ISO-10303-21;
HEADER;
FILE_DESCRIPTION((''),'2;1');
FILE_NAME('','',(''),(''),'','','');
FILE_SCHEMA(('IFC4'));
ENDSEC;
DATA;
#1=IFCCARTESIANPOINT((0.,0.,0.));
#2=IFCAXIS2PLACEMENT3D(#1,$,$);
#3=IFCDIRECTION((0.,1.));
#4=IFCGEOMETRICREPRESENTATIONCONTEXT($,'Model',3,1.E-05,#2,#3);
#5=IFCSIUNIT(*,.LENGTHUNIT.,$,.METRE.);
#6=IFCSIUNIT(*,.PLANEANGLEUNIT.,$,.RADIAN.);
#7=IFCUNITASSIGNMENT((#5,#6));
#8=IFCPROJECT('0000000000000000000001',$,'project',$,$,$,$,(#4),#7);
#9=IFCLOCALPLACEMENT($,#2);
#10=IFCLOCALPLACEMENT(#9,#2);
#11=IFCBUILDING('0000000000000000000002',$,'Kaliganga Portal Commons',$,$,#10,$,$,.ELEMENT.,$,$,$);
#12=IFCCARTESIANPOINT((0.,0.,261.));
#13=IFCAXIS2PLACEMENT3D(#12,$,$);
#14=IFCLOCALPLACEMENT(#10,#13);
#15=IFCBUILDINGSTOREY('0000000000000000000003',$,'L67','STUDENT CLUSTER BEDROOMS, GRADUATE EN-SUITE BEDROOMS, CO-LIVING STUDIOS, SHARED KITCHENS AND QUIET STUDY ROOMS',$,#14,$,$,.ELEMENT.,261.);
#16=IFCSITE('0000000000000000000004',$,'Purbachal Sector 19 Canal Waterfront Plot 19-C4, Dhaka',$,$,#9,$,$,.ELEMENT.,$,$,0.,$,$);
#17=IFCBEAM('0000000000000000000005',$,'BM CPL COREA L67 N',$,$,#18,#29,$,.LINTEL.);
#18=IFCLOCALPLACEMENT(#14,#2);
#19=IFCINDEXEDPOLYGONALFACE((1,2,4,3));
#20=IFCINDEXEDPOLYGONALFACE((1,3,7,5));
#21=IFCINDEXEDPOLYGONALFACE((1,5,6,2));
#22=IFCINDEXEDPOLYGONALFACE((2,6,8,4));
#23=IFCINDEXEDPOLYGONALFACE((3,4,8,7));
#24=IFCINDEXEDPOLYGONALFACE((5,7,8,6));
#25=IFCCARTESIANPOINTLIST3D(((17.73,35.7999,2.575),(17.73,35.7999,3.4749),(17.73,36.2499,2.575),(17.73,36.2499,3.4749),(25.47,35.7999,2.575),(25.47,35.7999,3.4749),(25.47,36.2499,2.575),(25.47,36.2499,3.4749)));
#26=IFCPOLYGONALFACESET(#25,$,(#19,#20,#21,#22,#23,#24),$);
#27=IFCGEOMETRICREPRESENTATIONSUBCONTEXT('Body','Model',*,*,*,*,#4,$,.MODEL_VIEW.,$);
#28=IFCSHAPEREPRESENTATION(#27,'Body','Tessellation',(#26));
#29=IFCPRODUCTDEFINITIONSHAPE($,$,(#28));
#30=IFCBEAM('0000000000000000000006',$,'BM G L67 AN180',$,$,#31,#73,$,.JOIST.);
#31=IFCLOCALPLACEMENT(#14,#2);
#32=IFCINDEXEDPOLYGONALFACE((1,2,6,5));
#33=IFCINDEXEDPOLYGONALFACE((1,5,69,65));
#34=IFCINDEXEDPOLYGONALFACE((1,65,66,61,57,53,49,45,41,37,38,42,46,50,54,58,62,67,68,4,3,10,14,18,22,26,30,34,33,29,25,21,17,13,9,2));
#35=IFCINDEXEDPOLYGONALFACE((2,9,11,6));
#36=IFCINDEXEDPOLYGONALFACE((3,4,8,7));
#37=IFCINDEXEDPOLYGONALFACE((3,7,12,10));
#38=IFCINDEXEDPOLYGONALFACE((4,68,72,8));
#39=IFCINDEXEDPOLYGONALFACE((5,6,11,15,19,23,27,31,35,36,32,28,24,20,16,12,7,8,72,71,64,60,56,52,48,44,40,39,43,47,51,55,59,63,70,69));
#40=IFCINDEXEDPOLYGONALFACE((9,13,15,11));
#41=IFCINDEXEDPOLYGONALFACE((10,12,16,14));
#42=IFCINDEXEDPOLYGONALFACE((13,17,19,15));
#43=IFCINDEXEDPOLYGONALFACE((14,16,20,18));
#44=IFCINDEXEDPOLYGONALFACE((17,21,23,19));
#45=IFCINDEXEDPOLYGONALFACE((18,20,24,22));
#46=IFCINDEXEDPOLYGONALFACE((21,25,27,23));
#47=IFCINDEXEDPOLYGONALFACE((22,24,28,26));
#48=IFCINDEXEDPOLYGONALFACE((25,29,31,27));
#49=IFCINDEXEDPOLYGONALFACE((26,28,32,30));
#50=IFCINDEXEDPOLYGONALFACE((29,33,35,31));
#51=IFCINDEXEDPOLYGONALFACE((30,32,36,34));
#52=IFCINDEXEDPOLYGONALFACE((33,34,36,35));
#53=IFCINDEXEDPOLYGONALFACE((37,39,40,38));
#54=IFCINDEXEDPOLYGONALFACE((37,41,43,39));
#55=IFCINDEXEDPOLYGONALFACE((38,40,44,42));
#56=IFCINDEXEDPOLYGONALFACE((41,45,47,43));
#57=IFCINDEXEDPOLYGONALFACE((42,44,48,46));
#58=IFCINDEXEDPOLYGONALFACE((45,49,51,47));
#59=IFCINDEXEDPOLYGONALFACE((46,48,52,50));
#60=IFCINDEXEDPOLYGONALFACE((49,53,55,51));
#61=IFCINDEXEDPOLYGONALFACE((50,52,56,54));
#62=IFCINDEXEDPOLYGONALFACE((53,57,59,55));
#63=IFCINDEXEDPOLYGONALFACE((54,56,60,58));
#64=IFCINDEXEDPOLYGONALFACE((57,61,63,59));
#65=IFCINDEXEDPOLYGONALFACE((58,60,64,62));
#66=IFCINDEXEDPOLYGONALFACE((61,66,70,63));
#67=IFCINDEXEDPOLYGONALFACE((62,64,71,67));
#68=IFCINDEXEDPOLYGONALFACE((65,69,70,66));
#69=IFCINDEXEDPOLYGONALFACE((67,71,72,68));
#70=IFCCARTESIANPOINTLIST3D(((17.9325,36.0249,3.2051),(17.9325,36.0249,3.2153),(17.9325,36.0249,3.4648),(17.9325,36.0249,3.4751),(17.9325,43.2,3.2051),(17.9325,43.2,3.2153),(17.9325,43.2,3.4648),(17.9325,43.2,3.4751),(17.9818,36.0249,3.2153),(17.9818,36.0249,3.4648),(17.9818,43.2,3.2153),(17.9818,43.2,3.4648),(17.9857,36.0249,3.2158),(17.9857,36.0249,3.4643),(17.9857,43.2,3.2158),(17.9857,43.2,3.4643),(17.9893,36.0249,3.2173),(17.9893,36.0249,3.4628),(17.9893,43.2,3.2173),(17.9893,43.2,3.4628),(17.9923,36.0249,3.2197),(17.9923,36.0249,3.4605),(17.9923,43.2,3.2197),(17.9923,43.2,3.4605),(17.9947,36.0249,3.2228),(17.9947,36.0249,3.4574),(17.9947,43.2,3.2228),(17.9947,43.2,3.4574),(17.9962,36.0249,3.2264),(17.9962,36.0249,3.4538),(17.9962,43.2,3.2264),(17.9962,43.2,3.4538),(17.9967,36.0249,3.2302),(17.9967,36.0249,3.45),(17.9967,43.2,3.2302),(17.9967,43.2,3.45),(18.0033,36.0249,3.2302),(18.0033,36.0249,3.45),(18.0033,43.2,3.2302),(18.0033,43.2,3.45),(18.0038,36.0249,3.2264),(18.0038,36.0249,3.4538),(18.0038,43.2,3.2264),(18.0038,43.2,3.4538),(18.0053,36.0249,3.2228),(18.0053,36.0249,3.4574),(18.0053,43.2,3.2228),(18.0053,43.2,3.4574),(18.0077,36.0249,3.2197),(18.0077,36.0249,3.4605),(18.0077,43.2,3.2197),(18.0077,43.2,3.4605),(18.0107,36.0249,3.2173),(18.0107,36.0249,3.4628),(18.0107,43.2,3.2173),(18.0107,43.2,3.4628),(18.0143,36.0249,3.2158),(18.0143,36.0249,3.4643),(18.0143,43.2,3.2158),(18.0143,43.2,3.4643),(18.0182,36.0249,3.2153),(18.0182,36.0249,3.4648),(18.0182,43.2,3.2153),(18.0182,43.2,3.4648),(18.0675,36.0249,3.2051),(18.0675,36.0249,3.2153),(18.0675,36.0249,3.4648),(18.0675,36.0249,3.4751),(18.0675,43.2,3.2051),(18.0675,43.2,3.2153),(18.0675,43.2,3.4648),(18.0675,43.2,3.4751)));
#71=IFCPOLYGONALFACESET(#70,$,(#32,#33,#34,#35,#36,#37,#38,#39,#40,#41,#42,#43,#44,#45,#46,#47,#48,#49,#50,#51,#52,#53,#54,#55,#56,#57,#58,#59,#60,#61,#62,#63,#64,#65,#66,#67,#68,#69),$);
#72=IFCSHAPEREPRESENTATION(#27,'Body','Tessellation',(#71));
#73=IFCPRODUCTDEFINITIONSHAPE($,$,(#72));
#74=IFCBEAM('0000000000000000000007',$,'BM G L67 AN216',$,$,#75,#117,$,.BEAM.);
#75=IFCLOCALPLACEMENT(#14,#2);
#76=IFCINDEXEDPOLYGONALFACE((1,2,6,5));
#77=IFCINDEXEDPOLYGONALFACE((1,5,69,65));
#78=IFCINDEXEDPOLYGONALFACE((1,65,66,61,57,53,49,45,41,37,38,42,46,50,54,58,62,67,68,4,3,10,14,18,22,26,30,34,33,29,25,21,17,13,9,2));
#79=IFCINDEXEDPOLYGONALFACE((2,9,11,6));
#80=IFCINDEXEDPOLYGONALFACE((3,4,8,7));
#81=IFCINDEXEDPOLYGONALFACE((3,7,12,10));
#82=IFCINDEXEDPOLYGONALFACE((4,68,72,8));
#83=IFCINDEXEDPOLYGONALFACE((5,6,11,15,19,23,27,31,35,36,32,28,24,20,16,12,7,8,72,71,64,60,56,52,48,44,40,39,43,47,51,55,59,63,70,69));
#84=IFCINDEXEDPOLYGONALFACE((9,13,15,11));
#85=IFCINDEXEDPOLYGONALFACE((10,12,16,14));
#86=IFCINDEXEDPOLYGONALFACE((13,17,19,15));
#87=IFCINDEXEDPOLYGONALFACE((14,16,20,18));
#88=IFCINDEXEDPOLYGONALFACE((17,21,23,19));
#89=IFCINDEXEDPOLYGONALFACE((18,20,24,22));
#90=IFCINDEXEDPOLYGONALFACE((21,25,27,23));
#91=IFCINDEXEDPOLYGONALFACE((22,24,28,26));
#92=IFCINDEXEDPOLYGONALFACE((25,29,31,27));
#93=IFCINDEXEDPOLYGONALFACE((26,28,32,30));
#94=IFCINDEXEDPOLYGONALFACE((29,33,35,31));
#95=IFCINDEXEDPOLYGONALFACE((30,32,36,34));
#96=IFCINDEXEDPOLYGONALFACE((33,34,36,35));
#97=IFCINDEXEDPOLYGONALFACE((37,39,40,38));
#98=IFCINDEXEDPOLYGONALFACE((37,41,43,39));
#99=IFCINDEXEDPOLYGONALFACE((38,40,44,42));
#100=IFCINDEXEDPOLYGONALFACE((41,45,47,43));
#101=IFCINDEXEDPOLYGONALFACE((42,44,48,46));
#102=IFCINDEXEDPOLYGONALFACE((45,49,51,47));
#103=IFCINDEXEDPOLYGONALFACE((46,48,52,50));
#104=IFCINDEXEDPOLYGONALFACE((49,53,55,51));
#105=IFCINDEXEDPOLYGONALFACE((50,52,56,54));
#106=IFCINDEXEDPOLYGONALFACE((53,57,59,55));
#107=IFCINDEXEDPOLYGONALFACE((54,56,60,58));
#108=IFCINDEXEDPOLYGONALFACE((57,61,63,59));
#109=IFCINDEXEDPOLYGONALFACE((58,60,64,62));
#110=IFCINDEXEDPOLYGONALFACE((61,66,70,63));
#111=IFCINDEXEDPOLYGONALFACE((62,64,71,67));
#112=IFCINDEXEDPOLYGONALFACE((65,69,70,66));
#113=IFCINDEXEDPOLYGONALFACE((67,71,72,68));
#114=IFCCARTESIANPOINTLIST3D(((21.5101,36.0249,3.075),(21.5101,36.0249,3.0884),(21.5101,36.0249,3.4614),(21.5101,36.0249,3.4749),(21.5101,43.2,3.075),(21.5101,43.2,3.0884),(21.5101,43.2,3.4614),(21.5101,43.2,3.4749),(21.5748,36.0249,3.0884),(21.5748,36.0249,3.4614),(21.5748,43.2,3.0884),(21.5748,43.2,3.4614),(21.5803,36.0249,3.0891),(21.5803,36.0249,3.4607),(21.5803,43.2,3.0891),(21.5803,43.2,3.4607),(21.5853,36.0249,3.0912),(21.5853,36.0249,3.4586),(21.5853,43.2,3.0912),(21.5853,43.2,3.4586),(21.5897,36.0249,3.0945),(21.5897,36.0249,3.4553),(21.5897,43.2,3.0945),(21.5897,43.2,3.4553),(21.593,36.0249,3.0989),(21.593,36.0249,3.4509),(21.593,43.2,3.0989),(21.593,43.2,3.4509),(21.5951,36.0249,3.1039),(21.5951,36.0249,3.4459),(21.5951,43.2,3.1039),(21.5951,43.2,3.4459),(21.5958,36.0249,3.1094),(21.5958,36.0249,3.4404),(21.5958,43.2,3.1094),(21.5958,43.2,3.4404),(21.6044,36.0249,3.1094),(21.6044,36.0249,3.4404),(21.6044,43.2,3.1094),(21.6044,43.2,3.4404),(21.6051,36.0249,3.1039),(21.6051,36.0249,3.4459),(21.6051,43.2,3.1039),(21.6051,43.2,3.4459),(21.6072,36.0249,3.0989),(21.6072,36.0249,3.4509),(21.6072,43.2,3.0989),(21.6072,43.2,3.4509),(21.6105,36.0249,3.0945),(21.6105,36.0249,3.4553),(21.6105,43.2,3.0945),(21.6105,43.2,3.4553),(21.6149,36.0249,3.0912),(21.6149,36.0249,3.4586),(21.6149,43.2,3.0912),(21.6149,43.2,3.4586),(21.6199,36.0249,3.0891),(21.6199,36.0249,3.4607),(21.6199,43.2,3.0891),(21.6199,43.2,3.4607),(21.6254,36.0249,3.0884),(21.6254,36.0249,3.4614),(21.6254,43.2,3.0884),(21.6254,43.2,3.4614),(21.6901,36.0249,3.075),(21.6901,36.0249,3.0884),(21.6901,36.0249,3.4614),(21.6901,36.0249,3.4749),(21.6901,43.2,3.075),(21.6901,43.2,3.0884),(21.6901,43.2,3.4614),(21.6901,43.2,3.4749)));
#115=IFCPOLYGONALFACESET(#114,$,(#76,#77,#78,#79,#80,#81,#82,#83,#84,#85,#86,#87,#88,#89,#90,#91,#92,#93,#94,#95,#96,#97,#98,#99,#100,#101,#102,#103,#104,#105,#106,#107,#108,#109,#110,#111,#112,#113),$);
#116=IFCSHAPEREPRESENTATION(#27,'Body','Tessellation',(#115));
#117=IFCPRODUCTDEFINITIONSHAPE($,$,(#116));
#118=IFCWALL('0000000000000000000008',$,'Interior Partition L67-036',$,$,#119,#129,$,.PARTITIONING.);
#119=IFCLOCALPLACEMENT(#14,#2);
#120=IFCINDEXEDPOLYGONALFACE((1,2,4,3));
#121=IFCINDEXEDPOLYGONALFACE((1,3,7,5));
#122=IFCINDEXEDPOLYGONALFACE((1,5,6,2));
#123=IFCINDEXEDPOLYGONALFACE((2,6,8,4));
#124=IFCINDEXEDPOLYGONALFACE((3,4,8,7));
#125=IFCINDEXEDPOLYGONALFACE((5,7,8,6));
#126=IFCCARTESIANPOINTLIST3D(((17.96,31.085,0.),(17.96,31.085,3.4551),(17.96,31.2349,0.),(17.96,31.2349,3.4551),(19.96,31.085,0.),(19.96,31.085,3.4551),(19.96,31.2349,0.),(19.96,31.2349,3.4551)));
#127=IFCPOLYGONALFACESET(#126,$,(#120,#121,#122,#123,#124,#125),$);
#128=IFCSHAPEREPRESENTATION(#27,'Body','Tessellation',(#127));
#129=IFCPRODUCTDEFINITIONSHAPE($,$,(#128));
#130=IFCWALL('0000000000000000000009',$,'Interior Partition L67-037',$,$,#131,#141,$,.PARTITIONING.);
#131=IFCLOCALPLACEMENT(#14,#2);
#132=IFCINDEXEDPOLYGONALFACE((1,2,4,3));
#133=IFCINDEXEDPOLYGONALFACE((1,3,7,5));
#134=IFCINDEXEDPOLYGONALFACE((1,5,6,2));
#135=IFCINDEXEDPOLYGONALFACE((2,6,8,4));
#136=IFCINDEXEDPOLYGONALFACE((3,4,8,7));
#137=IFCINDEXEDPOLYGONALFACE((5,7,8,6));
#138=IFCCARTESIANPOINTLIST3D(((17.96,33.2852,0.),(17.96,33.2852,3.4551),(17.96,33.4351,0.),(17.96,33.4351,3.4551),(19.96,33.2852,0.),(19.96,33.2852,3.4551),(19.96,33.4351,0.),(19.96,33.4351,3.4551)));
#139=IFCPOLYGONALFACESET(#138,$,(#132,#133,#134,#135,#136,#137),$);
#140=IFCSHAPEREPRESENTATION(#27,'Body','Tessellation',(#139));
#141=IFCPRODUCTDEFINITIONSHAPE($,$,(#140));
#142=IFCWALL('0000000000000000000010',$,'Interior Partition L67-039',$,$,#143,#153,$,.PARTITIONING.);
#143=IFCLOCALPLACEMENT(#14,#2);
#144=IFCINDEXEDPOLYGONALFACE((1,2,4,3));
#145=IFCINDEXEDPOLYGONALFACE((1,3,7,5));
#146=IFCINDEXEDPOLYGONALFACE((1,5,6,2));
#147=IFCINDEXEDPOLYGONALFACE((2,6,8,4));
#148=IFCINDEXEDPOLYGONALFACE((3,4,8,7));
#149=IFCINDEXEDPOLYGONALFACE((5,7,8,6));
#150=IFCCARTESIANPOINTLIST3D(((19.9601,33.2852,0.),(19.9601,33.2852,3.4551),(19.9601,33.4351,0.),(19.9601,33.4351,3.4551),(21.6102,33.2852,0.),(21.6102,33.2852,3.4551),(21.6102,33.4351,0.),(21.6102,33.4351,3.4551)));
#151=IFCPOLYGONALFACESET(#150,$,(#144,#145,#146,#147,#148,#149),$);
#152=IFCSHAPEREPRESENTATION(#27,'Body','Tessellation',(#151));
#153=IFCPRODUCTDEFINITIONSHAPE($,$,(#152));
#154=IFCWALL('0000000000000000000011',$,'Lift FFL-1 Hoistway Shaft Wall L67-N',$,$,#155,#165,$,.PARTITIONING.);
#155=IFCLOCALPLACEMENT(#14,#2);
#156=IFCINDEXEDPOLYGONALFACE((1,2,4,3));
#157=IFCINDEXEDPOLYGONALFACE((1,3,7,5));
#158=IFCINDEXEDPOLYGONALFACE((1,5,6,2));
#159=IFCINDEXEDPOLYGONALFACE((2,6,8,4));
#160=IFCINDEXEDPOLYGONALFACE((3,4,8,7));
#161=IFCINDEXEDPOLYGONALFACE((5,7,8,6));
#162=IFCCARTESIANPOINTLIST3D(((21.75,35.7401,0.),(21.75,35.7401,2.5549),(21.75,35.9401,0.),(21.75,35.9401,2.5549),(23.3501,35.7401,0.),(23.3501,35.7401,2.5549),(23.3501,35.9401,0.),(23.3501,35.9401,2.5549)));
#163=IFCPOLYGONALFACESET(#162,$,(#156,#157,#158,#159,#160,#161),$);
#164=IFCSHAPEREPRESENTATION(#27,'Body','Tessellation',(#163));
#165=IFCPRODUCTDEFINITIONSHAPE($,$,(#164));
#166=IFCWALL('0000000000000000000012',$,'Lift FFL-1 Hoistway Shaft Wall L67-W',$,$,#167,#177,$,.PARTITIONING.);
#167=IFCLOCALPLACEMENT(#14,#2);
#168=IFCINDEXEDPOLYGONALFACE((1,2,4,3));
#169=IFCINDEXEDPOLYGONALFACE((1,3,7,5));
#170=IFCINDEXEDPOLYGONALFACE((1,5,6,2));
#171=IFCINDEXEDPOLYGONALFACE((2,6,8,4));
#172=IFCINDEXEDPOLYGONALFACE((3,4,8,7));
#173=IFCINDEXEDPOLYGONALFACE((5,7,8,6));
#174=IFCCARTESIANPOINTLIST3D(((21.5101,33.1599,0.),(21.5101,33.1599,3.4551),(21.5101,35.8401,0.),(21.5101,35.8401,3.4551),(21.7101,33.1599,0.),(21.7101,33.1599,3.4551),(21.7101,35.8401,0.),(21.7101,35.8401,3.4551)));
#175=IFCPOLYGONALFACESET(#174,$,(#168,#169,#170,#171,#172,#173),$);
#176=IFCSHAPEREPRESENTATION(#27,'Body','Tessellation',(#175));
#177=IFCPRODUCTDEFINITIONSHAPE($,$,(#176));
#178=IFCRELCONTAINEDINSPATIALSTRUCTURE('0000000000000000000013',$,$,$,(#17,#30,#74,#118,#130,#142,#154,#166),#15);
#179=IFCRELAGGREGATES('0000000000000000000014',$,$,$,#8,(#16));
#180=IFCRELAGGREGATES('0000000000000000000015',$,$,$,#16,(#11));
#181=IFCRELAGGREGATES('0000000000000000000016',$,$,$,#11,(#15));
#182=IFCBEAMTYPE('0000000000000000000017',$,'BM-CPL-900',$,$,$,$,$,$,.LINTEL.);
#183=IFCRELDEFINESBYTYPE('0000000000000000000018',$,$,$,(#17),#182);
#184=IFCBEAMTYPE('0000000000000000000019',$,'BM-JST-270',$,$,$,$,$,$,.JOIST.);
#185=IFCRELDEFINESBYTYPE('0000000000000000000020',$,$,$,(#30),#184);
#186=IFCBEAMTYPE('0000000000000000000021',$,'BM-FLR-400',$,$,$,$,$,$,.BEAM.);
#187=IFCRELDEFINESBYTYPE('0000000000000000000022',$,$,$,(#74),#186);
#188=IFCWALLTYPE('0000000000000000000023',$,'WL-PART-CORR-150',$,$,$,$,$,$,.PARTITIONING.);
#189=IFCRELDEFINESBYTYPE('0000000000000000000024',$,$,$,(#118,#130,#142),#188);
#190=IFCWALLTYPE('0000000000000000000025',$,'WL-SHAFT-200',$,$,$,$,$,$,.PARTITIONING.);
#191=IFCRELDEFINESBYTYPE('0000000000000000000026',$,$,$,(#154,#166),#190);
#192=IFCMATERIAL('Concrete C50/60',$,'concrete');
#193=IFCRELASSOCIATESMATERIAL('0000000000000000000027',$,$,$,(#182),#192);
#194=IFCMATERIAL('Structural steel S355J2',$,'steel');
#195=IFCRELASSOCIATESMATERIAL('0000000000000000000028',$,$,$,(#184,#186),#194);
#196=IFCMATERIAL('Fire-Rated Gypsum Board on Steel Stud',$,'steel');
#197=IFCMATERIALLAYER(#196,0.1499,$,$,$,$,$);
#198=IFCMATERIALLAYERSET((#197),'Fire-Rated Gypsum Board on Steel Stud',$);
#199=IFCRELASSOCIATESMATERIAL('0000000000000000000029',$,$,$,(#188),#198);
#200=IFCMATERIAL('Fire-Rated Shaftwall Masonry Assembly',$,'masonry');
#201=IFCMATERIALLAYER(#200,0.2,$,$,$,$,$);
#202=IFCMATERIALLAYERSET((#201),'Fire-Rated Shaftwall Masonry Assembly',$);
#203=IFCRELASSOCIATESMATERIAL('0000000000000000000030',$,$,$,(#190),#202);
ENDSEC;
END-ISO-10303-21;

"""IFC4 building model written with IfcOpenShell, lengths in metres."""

from ifc_helpers import new_model, si_unit, direction, frame, frame_2d, origin, origin_2d, place, context, subcontext, project, spatial, rectangle, i_section, extrude, source, transform, mapped, material, layer, layer_set, material_profile, profile_set, type_object, element, save


model = new_model("IFC4")

# Units and contexts
model_context = context("Model", 3, precision=1e-05, world=origin(), true_north=direction((0.0, 1.0)))
body_context = subcontext(model_context, "Body", "Model", "MODEL_VIEW")
ifc_project = project(units=[si_unit("LENGTHUNIT", "METRE"), si_unit("PLANEANGLEUNIT", "RADIAN")], contexts=[model_context])

# Site, building, storey
site_placement = place(None, origin())
site = spatial("IfcSite", under=ifc_project, at=site_placement, Name="Purbachal Sector 19 Canal Waterfront Plot 19-C4, Dhaka", CompositionType="ELEMENT", RefElevation=0.0)
building_placement = place(site_placement, origin())
building = spatial("IfcBuilding", under=site, at=building_placement, Name="Kaliganga Portal Commons", CompositionType="ELEMENT")
storey_placement = place(building_placement, frame((0.0, 0.0, 261.0)))
storey = spatial("IfcBuildingStorey", under=building, at=storey_placement, Name="L67", Description="STUDENT CLUSTER BEDROOMS, GRADUATE EN-SUITE BEDROOMS, CO-LIVING STUDIOS, SHARED KITCHENS AND QUIET STUDY ROOMS", CompositionType="ELEMENT", Elevation=261.0)

# Beams
ifc_material_1 = material(Name="Concrete C50/60", Category="concrete")
ifc_material_profile_1 = material_profile(ifc_material_1, rectangle(XDim=0.45, YDim=0.8999, at=origin_2d()), Name="RC 450x900")
ifc_profile_set_1 = profile_set([ifc_material_profile_1], Name="Concrete C50/60")
beam_type_1 = type_object("IfcBeamType", Name="BM-CPL-900", PredefinedType="LINTEL", material=ifc_profile_set_1)
shared_shape_1 = source(origin(), body_context, "Body", "SweptSolid", [
    extrude(rectangle(XDim=0.45, YDim=0.8999, at=origin_2d()), origin(), (0.0, 0.0, 1.0), 7.74),
])
beam_1_placement = place(storey_placement, frame((17.73, 36.0249, 3.0249), z_axis=(1.0, 0.0, 0.0), x_axis=(0.0, 1.0, 0.0)))
element("IfcBeam", 1, at=beam_1_placement, inside=storey, type_object=beam_type_1, Name="BM CPL COREA L67 N", PredefinedType="LINTEL", context=body_context, shape_type="MappedRepresentation", body=[
    mapped(shared_shape_1, transform((0.0, 0.0, 0.0), x_axis=(1.0, 0.0, 0.0), y_axis=(0.0, 1.0, 0.0), z_axis=(0.0, 0.0, 1.0), scale=1.0)),
])
ifc_material_2 = material(Name="Structural steel S355J2", Category="steel")
ifc_material_profile_2 = material_profile(ifc_material_2, i_section(OverallWidth=0.135, OverallDepth=0.27, WebThickness=0.0066, FlangeThickness=0.0103, FilletRadius=0.0149, at=origin_2d()), Name="IPE 270")
ifc_profile_set_2 = profile_set([ifc_material_profile_2], Name="Structural steel S355J2 wide-flange")
beam_type_2 = type_object("IfcBeamType", Name="BM-JST-270", PredefinedType="JOIST", material=ifc_profile_set_2)
shared_shape_2 = source(origin(), body_context, "Body", "SweptSolid", [
    extrude(i_section(OverallWidth=0.135, OverallDepth=0.27, WebThickness=0.0066, FlangeThickness=0.0103, FilletRadius=0.0149, at=origin_2d()), origin(), (0.0, 0.0, 1.0), 7.175),
])
beam_2_placement = place(storey_placement, frame((18.0, 36.0249, 3.3401), z_axis=(0.0, 1.0, 0.0), x_axis=(-1.0, 0.0, 0.0)))
element("IfcBeam", 2, at=beam_2_placement, inside=storey, type_object=beam_type_2, Name="BM G L67 AN180", PredefinedType="JOIST", context=body_context, shape_type="MappedRepresentation", body=[
    mapped(shared_shape_2, transform((0.0, 0.0, 0.0), x_axis=(1.0, 0.0, 0.0), y_axis=(0.0, 1.0, 0.0), z_axis=(0.0, 0.0, 1.0), scale=1.0)),
])
ifc_material_profile_3 = material_profile(ifc_material_2, i_section(OverallWidth=0.1799, OverallDepth=0.3999, WebThickness=0.0085, FlangeThickness=0.0134, FilletRadius=0.021, at=origin_2d()), Name="IPE 400")
ifc_profile_set_3 = profile_set([ifc_material_profile_3], Name="Structural steel S355J2 wide-flange")
beam_type_3 = type_object("IfcBeamType", Name="BM-FLR-400", PredefinedType="BEAM", material=ifc_profile_set_3)
shared_shape_3 = source(origin(), body_context, "Body", "SweptSolid", [
    extrude(i_section(OverallWidth=0.1799, OverallDepth=0.3999, WebThickness=0.0085, FlangeThickness=0.0134, FilletRadius=0.021, at=origin_2d()), origin(), (0.0, 0.0, 1.0), 7.175),
])
beam_3_placement = place(storey_placement, frame((21.6001, 36.0249, 3.2749), z_axis=(0.0, 1.0, 0.0), x_axis=(-1.0, 0.0, 0.0)))
element("IfcBeam", 3, at=beam_3_placement, inside=storey, type_object=beam_type_3, Name="BM G L67 AN216", PredefinedType="BEAM", context=body_context, shape_type="MappedRepresentation", body=[
    mapped(shared_shape_3, transform((0.0, 0.0, 0.0), x_axis=(1.0, 0.0, 0.0), y_axis=(0.0, 1.0, 0.0), z_axis=(0.0, 0.0, 1.0), scale=1.0)),
])

# Walls
ifc_material_3 = material(Name="Fire-Rated Gypsum Board on Steel Stud", Category="steel")
ifc_layer_1 = layer(ifc_material_3, 0.1499)
ifc_layer_set_1 = layer_set([ifc_layer_1], Name="Fire-Rated Gypsum Board on Steel Stud")
wall_type_1 = type_object("IfcWallType", Name="WL-PART-CORR-150", PredefinedType="PARTITIONING", material=ifc_layer_set_1)
for number, where, z_axis, x_axis, name in (
    (4, (17.96, 31.1599, 0.0), (0.0, 0.0, 1.0), (1.0, 0.0, 0.0), "Interior Partition L67-036"),
    (5, (17.96, 33.3601, 0.0), (0.0, 0.0, 1.0), (1.0, 0.0, 0.0), "Interior Partition L67-037"),
):
    element("IfcWall", number, at=place(storey_placement, frame(where, z_axis=z_axis, x_axis=x_axis)), inside=storey, type_object=wall_type_1, Name=name, PredefinedType="PARTITIONING", context=body_context, shape_type="SweptSolid", body=[
        extrude(rectangle(XDim=2.0, YDim=0.1499, at=frame_2d((1.0, 0.0))), origin(), (0.0, 0.0, 1.0), 3.4551),
    ])
wall_1_placement = place(storey_placement, frame((19.96, 33.3601, 0.0), z_axis=(0.0, 0.0, 1.0), x_axis=(1.0, 0.0, 0.0)))
element("IfcWall", 6, at=wall_1_placement, inside=storey, type_object=wall_type_1, Name="Interior Partition L67-039", PredefinedType="PARTITIONING", context=body_context, shape_type="SweptSolid", body=[
    extrude(rectangle(XDim=1.6501, YDim=0.1499, at=frame_2d((0.8252, 0.0))), origin(), (0.0, 0.0, 1.0), 3.4551),
])

# Shared definitions
ifc_material_4 = material(Name="Fire-Rated Shaftwall Masonry Assembly", Category="masonry")
ifc_layer_2 = layer(ifc_material_4, 0.2)
ifc_layer_set_2 = layer_set([ifc_layer_2], Name="Fire-Rated Shaftwall Masonry Assembly")
wall_type_2 = type_object("IfcWallType", Name="WL-SHAFT-200", PredefinedType="PARTITIONING", material=ifc_layer_set_2)

# Walls
wall_2_placement = place(storey_placement, frame((21.75, 35.8401, 0.0), z_axis=(0.0, 0.0, 1.0), x_axis=(1.0, 0.0, 0.0)))
element("IfcWall", 7, at=wall_2_placement, inside=storey, type_object=wall_type_2, Name="Lift FFL-1 Hoistway Shaft Wall L67-N", PredefinedType="PARTITIONING", context=body_context, shape_type="SweptSolid", body=[
    extrude(rectangle(XDim=1.6001, YDim=0.2, at=frame_2d((0.8, 0.0))), origin(), (0.0, 0.0, 1.0), 2.5549),
])
for number, where, z_axis, x_axis, name in (
    (8, (21.6101, 33.1599, 0.0), (0.0, 0.0, 1.0), (0.0, 1.0, 0.0), "Lift FFL-1 Hoistway Shaft Wall L67-W"),
):
    element("IfcWall", number, at=place(storey_placement, frame(where, z_axis=z_axis, x_axis=x_axis)), inside=storey, type_object=wall_type_2, Name=name, PredefinedType="PARTITIONING", context=body_context, shape_type="SweptSolid", body=[
        extrude(rectangle(XDim=2.6802, YDim=0.2, at=frame_2d((1.3401, 0.0))), origin(), (0.0, 0.0, 1.0), 3.4551),
    ])

save(model, "model.ifc")
